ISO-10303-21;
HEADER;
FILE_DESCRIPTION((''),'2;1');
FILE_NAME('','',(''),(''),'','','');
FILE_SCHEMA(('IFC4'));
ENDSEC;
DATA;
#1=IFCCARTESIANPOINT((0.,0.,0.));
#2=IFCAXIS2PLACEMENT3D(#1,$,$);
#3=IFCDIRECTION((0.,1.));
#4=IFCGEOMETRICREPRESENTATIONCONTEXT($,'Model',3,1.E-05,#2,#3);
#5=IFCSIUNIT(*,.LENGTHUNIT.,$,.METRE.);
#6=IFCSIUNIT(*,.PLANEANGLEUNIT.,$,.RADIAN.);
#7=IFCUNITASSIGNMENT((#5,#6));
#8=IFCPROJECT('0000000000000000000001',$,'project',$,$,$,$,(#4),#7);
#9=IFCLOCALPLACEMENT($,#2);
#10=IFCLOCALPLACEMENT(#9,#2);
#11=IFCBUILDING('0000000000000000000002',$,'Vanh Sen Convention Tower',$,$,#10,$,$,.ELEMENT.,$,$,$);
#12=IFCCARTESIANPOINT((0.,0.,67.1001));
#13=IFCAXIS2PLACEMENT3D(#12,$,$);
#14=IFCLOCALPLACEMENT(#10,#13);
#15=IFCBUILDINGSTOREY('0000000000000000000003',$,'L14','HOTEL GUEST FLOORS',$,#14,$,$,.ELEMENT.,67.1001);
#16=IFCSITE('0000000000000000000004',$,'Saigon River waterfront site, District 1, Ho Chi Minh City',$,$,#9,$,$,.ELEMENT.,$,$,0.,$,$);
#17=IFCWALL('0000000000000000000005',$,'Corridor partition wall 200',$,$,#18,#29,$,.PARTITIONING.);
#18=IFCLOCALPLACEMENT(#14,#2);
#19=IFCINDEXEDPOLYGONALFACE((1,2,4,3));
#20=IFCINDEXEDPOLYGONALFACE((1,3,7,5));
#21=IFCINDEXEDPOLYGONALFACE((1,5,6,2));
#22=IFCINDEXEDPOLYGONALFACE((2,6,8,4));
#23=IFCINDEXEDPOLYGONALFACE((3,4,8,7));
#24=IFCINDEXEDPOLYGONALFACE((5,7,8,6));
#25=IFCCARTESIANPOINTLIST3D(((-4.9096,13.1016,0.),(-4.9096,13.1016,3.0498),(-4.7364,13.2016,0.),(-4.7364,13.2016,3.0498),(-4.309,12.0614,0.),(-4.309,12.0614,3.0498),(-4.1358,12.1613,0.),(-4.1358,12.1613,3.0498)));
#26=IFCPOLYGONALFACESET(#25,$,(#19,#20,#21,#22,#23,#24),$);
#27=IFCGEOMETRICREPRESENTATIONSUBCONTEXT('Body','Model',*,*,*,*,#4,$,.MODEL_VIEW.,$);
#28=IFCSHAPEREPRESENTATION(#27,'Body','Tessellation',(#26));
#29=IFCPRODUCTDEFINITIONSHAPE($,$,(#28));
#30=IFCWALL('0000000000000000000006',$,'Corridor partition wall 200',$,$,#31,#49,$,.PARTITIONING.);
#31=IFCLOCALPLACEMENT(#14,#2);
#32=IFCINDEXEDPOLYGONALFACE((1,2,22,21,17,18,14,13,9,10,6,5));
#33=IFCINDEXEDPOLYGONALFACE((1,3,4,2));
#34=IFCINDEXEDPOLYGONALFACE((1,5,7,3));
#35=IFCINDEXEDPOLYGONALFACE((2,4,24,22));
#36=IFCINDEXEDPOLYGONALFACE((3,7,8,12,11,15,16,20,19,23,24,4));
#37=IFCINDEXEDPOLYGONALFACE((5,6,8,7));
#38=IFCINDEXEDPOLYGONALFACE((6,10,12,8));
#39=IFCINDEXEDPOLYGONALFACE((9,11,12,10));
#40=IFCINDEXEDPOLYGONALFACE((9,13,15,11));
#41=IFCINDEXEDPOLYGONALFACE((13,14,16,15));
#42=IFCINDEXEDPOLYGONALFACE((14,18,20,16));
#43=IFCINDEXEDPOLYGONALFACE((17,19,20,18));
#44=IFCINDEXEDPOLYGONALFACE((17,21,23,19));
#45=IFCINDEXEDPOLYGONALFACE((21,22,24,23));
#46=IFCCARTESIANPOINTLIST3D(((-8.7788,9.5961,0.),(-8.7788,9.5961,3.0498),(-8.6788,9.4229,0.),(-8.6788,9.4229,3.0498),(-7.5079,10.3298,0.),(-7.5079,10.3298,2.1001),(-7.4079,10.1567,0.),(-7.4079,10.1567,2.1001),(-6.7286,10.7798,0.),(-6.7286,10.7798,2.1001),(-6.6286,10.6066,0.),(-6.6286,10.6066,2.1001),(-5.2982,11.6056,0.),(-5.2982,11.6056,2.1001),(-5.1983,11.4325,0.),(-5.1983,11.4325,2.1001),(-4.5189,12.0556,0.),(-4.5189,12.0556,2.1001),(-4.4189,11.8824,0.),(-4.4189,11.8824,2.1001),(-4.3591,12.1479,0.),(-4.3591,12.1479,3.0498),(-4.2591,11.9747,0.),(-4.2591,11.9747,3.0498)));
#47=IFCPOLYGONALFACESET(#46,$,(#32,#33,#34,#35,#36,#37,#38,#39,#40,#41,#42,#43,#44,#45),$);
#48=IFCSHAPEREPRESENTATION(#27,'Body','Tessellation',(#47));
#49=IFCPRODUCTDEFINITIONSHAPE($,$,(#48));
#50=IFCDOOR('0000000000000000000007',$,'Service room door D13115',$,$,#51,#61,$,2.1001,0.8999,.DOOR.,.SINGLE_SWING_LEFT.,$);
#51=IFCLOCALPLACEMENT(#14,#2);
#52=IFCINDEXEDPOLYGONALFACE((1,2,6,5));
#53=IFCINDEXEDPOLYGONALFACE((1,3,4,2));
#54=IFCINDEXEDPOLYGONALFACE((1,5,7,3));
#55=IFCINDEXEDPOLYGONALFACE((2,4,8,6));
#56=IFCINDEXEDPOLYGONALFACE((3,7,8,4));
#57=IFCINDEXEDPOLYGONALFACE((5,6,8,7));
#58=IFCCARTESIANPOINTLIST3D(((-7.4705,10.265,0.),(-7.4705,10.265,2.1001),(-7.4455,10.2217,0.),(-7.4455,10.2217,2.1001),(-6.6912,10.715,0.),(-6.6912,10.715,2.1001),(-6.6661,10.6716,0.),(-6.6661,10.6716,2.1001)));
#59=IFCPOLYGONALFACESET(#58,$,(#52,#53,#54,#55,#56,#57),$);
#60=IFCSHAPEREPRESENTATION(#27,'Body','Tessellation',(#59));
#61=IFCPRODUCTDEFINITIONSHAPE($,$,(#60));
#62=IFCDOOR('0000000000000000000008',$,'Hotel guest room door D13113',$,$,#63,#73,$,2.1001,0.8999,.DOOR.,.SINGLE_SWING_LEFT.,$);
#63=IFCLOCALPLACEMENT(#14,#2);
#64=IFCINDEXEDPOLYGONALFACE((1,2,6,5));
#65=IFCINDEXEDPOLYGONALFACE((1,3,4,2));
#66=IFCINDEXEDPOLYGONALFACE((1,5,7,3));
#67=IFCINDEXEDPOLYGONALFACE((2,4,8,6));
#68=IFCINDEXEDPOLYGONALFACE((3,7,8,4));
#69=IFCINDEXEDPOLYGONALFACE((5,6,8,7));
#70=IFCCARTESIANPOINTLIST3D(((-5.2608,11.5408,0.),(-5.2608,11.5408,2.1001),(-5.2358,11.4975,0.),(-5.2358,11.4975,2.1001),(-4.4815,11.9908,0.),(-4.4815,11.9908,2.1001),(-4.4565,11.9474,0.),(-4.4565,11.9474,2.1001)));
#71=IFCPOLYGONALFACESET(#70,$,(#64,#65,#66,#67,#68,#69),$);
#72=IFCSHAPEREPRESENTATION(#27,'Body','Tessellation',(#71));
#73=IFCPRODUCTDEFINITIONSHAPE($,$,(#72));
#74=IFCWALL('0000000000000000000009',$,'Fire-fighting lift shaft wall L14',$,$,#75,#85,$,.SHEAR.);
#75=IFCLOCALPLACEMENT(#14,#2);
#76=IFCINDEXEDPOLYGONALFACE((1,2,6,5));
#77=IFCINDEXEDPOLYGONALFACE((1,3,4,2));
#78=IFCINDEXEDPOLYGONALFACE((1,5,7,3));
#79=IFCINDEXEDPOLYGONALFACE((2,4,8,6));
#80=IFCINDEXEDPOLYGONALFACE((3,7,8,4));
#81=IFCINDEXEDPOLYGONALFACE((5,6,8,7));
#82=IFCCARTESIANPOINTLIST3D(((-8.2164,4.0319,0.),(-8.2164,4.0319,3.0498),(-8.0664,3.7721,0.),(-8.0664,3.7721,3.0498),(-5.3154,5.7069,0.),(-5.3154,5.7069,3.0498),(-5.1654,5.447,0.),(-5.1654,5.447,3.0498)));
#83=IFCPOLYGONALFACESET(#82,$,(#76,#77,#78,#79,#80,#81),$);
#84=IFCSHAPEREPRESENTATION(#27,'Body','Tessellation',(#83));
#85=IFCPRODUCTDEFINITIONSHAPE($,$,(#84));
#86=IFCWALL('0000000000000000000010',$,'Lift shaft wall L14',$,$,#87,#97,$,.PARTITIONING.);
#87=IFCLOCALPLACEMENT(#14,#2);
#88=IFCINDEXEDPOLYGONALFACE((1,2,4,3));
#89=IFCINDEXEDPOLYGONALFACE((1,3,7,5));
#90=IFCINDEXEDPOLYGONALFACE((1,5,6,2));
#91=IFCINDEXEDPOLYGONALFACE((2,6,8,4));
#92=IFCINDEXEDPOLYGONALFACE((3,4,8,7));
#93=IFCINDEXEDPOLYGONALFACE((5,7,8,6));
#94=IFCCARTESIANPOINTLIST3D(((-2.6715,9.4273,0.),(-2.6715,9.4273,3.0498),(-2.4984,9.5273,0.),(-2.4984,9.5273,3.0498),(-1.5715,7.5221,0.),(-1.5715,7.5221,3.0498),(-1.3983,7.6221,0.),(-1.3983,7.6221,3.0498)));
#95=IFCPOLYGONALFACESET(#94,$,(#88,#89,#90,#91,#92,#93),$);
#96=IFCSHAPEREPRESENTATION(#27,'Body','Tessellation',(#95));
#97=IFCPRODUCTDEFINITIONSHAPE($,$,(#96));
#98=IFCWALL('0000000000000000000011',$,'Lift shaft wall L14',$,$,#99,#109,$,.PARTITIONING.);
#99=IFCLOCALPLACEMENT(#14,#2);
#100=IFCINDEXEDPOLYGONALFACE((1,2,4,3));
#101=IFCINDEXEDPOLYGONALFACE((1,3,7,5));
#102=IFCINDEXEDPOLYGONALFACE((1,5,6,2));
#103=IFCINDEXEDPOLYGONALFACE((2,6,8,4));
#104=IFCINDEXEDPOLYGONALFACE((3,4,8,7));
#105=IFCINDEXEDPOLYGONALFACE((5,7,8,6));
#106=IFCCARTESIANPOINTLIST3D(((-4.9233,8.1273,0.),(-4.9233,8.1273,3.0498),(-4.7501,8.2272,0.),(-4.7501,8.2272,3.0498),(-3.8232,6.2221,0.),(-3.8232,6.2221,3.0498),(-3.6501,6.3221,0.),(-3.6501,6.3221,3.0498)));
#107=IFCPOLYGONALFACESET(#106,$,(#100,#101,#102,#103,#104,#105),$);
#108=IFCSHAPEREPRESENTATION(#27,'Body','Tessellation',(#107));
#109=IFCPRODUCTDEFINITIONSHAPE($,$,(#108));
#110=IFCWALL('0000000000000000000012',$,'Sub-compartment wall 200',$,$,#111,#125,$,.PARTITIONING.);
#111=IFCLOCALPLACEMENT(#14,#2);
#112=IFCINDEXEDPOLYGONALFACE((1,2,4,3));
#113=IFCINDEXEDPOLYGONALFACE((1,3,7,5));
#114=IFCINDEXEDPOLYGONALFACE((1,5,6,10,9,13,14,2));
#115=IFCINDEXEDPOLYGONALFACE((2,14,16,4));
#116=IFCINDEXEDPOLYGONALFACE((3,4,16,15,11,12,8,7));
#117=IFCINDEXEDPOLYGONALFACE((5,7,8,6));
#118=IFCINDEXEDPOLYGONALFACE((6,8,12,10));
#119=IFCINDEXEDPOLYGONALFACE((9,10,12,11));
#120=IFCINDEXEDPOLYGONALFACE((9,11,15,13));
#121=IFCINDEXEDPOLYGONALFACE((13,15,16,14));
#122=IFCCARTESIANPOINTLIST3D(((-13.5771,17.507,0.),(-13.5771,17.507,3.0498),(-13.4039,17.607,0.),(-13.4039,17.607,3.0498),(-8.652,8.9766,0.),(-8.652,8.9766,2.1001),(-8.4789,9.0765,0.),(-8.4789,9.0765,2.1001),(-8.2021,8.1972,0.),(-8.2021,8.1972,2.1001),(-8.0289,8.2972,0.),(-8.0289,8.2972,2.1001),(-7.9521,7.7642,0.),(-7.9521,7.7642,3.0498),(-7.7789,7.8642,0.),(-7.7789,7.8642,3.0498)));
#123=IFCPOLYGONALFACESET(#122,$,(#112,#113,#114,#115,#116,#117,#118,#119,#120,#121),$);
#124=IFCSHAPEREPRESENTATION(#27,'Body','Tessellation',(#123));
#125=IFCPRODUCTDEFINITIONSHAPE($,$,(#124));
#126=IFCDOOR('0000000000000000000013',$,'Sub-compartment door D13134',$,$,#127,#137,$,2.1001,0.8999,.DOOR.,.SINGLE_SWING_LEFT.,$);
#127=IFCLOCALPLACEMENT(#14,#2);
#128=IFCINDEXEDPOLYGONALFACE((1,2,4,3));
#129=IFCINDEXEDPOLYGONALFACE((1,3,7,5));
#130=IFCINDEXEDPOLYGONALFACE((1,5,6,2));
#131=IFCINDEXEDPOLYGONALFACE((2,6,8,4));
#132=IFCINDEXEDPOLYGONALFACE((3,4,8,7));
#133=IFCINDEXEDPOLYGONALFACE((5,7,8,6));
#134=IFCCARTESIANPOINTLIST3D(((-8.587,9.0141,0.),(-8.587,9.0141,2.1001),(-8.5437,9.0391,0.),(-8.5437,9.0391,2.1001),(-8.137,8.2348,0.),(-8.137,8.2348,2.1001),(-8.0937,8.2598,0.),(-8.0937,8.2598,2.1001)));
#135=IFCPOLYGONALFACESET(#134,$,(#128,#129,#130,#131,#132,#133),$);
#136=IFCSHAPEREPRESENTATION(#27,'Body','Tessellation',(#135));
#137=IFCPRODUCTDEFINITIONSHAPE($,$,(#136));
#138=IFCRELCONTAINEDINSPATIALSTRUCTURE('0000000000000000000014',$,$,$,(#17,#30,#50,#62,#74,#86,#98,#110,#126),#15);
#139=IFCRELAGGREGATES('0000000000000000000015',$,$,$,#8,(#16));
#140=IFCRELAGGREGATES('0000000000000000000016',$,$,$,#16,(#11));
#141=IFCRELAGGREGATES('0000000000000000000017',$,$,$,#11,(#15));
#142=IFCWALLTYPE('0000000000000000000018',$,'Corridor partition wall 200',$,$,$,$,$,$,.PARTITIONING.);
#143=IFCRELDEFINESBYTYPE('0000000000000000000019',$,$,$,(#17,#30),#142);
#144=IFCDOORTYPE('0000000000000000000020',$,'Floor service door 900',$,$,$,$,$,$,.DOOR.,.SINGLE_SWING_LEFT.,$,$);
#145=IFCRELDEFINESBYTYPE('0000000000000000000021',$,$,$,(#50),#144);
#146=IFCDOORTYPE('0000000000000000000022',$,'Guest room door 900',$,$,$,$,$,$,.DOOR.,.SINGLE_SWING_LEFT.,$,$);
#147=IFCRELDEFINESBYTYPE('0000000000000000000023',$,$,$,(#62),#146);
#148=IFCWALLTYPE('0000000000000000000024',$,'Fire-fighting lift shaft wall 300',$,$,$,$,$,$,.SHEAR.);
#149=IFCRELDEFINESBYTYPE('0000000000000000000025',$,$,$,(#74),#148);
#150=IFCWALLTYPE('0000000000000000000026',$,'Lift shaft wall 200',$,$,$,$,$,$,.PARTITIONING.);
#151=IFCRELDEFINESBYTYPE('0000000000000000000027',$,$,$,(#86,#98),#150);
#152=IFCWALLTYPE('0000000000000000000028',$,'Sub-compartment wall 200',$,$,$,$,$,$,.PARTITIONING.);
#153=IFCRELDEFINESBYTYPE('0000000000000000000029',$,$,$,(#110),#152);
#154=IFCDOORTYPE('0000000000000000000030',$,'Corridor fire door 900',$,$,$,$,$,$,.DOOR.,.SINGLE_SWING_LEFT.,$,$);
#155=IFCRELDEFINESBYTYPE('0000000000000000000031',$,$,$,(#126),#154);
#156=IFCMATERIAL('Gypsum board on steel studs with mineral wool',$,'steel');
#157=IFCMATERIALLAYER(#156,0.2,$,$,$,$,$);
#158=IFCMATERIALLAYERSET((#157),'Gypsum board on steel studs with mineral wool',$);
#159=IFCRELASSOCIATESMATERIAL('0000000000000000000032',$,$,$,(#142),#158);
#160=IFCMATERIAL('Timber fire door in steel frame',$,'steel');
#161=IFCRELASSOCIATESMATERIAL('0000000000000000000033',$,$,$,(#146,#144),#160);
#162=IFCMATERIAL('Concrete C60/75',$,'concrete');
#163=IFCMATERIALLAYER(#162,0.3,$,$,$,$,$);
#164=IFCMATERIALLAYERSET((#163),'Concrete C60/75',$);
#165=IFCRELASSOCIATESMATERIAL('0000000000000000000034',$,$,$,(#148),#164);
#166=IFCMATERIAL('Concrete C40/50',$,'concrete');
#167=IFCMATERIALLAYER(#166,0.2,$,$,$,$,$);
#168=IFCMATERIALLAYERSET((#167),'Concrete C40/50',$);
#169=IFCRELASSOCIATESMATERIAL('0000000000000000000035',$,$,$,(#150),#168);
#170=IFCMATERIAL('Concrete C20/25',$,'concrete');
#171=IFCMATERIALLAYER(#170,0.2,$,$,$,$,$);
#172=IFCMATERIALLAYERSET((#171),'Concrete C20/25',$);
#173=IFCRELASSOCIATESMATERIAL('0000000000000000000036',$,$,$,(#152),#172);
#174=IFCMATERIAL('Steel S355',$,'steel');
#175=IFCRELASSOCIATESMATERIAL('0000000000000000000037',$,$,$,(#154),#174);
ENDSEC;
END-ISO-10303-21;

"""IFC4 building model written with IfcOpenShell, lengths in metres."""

from ifc_helpers import new_model, si_unit, direction, frame, frame_2d, origin, place, context, subcontext, project, spatial, rectangle, extrude, material, layer, layer_set, type_object, element, fill, save


model = new_model("IFC4")

# Units and contexts
model_context = context("Model", 3, precision=1e-05, world=origin(), true_north=direction((0.0, 1.0)))
body_context = subcontext(model_context, "Body", "Model", "MODEL_VIEW")
ifc_project = project(units=[si_unit("LENGTHUNIT", "METRE"), si_unit("PLANEANGLEUNIT", "RADIAN")], contexts=[model_context])

# Site, building, storey
site_placement = place(None, origin())
site = spatial("IfcSite", under=ifc_project, at=site_placement, Name="Saigon River waterfront site, District 1, Ho Chi Minh City", CompositionType="ELEMENT", RefElevation=0.0)
building_placement = place(site_placement, origin())
building = spatial("IfcBuilding", under=site, at=building_placement, Name="Vanh Sen Convention Tower", CompositionType="ELEMENT")
storey_placement = place(building_placement, frame((0.0, 0.0, 67.1001)))
storey = spatial("IfcBuildingStorey", under=building, at=storey_placement, Name="L14", Description="HOTEL GUEST FLOORS", CompositionType="ELEMENT", Elevation=67.1001)

# Shared definitions
ifc_material_1 = material(Name="Gypsum board on steel studs with mineral wool", Category="steel")
ifc_layer_1 = layer(ifc_material_1, 0.2)
ifc_layer_set_1 = layer_set([ifc_layer_1], Name="Gypsum board on steel studs with mineral wool")
wall_type_1 = type_object("IfcWallType", Name="Corridor partition wall 200", PredefinedType="PARTITIONING", material=ifc_layer_set_1)
ifc_material_2 = material(Name="Timber fire door in steel frame", Category="steel")

# Shared definitions
door_type_1 = type_object("IfcDoorType", Name="Guest room door 900", OperationType="SINGLE_SWING_LEFT", PredefinedType="DOOR", material=ifc_material_2)

# Wall
wall_1_placement = place(storey_placement, frame((-4.823, 13.1516, 0.0), z_axis=(0.0, 0.0, 1.0), x_axis=(0.499986, -0.866033, 0.0)))
element("IfcWall", 1, at=wall_1_placement, inside=storey, type_object=wall_type_1, Name="Corridor partition wall 200", PredefinedType="PARTITIONING", context=body_context, shape_type="SweptSolid", body=[
    extrude(rectangle(XDim=1.2012, YDim=0.2, at=frame_2d((0.6006, 0.0))), origin(), (0.0, 0.0, 1.0), 3.0498),
])

# Wall, openings, doors
wall_2_placement = place(storey_placement, frame((-4.3091, 12.0613, 0.0), z_axis=(0.0, 0.0, 1.0), x_axis=(-0.866021, -0.500008, 0.0)))
wall_2 = element("IfcWall", 2, at=wall_2_placement, inside=storey, type_object=wall_type_1, Name="Corridor partition wall 200", PredefinedType="PARTITIONING", context=body_context, shape_type="SweptSolid", body=[
    extrude(rectangle(XDim=5.1035, YDim=0.2, at=frame_2d((2.5518, 0.0))), origin(), (0.0, 0.0, 1.0), 3.0498),
])
opening_1_placement = place(wall_2_placement, frame((0.1846, 0.0, 0.0)))
opening_1 = element("IfcOpeningElement", 3, at=opening_1_placement, cuts=wall_2, PredefinedType="OPENING", context=body_context, shape_type="SweptSolid", body=[
    extrude(rectangle(XDim=0.8999, YDim=2.1001, at=frame_2d((0.45, 1.05))), frame((0.0, 0.1099, 0.0), z_axis=(0.0, -1.0, 0.0), x_axis=(1.0, 0.0, 0.0)), (0.0, 0.0, 1.0), 0.22),
])
opening_2_placement = place(wall_2_placement, frame((2.7361, 0.0, 0.0)))
opening_2 = element("IfcOpeningElement", 4, at=opening_2_placement, cuts=wall_2, PredefinedType="OPENING", context=body_context, shape_type="SweptSolid", body=[
    extrude(rectangle(XDim=0.8999, YDim=2.1001, at=frame_2d((0.45, 1.05))), frame((0.0, 0.1099, 0.0), z_axis=(0.0, -1.0, 0.0), x_axis=(1.0, 0.0, 0.0)), (0.0, 0.0, 1.0), 0.22),
])
door_type_2 = type_object("IfcDoorType", Name="Floor service door 900", OperationType="SINGLE_SWING_LEFT", PredefinedType="DOOR", material=ifc_material_2)
door_1_placement = place(opening_2_placement, origin())
door_1 = element("IfcDoor", 5, at=door_1_placement, inside=storey, type_object=door_type_2, Name="Service room door D13115", OperationType="SINGLE_SWING_LEFT", OverallHeight=2.1001, OverallWidth=0.8999, PredefinedType="DOOR", context=body_context, shape_type="SweptSolid", body=[
    extrude(rectangle(XDim=0.8999, YDim=2.1001, at=frame_2d((0.45, 1.05))), frame((0.0, 0.0249, 0.0), z_axis=(0.0, -1.0, 0.0), x_axis=(1.0, 0.0, 0.0)), (0.0, 0.0, 1.0), 0.05),
])
fill(opening_2, door_1)
door_2_placement = place(opening_1_placement, origin())
door_2 = element("IfcDoor", 6, at=door_2_placement, inside=storey, type_object=door_type_1, Name="Hotel guest room door D13113", OperationType="SINGLE_SWING_LEFT", OverallHeight=2.1001, OverallWidth=0.8999, PredefinedType="DOOR", context=body_context, shape_type="SweptSolid", body=[
    extrude(rectangle(XDim=0.8999, YDim=2.1001, at=frame_2d((0.45, 1.05))), frame((0.0, 0.0249, 0.0), z_axis=(0.0, -1.0, 0.0), x_axis=(1.0, 0.0, 0.0)), (0.0, 0.0, 1.0), 0.05),
])
fill(opening_1, door_2)

# Walls
ifc_material_3 = material(Name="Concrete C60/75", Category="concrete")
ifc_layer_2 = layer(ifc_material_3, 0.3)
ifc_layer_set_2 = layer_set([ifc_layer_2], Name="Concrete C60/75")
wall_type_2 = type_object("IfcWallType", Name="Fire-fighting lift shaft wall 300", PredefinedType="SHEAR", material=ifc_layer_set_2)
wall_3_placement = place(storey_placement, frame((-5.2405, 5.5769, 0.0), z_axis=(0.0, 0.0, 1.0), x_axis=(-0.866014, -0.500019, 0.0)))
element("IfcWall", 7, at=wall_3_placement, inside=storey, type_object=wall_type_2, Name="Fire-fighting lift shaft wall L14", PredefinedType="SHEAR", context=body_context, shape_type="SweptSolid", body=[
    extrude(rectangle(XDim=3.3499, YDim=0.3, at=frame_2d((1.6748, 0.0))), origin(), (0.0, 0.0, 1.0), 3.0498),
])
ifc_material_4 = material(Name="Concrete C40/50", Category="concrete")
ifc_layer_3 = layer(ifc_material_4, 0.2)
ifc_layer_set_3 = layer_set([ifc_layer_3], Name="Concrete C40/50")
wall_type_3 = type_object("IfcWallType", Name="Lift shaft wall 200", PredefinedType="PARTITIONING", material=ifc_layer_set_3)
for number, where, z_axis, x_axis, name in (
    (8, (-1.4849, 7.572, 0.0), (0.0, 0.0, 1.0), (-0.50003, 0.866008, 0.0), "Lift shaft wall L14"),
    (9, (-3.7366, 6.272, 0.0), (0.0, 0.0, 1.0), (-0.50003, 0.866008, 0.0), "Lift shaft wall L14"),
):
    element("IfcWall", number, at=place(storey_placement, frame(where, z_axis=z_axis, x_axis=x_axis)), inside=storey, type_object=wall_type_3, Name=name, PredefinedType="PARTITIONING", context=body_context, shape_type="SweptSolid", body=[
        extrude(rectangle(XDim=2.2, YDim=0.2, at=frame_2d((1.1001, 0.0))), origin(), (0.0, 0.0, 1.0), 3.0498),
    ])

# Wall, opening, door
ifc_material_5 = material(Name="Concrete C20/25", Category="concrete")
ifc_layer_4 = layer(ifc_material_5, 0.2)
ifc_layer_set_4 = layer_set([ifc_layer_4], Name="Concrete C20/25")
wall_type_4 = type_object("IfcWallType", Name="Sub-compartment wall 200", PredefinedType="PARTITIONING", material=ifc_layer_set_4)
wall_4_placement = place(storey_placement, frame((-7.8655, 7.8142, 0.0), z_axis=(0.0, 0.0, 1.0), x_axis=(-0.500004, 0.866023, 0.0)))
wall_4 = element("IfcWall", 10, at=wall_4_placement, inside=storey, type_object=wall_type_4, Name="Sub-compartment wall 200", PredefinedType="PARTITIONING", context=body_context, shape_type="SweptSolid", body=[
    extrude(rectangle(XDim=11.25, YDim=0.2, at=frame_2d((5.625, 0.0))), origin(), (0.0, 0.0, 1.0), 3.0498),
])
opening_3_placement = place(wall_4_placement, frame((0.5, 0.0, 0.0)))
opening_3 = element("IfcOpeningElement", 11, at=opening_3_placement, cuts=wall_4, PredefinedType="OPENING", context=body_context, shape_type="SweptSolid", body=[
    extrude(rectangle(XDim=0.8999, YDim=2.1001, at=frame_2d((0.45, 1.05))), frame((0.0, 0.1099, 0.0), z_axis=(0.0, -1.0, 0.0), x_axis=(1.0, 0.0, 0.0)), (0.0, 0.0, 1.0), 0.22),
])
ifc_material_6 = material(Name="Steel S355", Category="steel")
door_type_3 = type_object("IfcDoorType", Name="Corridor fire door 900", OperationType="SINGLE_SWING_LEFT", PredefinedType="DOOR", material=ifc_material_6)
door_3_placement = place(opening_3_placement, origin())
door_3 = element("IfcDoor", 12, at=door_3_placement, inside=storey, type_object=door_type_3, Name="Sub-compartment door D13134", OperationType="SINGLE_SWING_LEFT", OverallHeight=2.1001, OverallWidth=0.8999, PredefinedType="DOOR", context=body_context, shape_type="SweptSolid", body=[
    extrude(rectangle(XDim=0.8999, YDim=2.1001, at=frame_2d((0.45, 1.05))), frame((0.0, 0.0249, 0.0), z_axis=(0.0, -1.0, 0.0), x_axis=(1.0, 0.0, 0.0)), (0.0, 0.0, 1.0), 0.05),
])
fill(opening_3, door_3)

save(model, "model.ifc")
